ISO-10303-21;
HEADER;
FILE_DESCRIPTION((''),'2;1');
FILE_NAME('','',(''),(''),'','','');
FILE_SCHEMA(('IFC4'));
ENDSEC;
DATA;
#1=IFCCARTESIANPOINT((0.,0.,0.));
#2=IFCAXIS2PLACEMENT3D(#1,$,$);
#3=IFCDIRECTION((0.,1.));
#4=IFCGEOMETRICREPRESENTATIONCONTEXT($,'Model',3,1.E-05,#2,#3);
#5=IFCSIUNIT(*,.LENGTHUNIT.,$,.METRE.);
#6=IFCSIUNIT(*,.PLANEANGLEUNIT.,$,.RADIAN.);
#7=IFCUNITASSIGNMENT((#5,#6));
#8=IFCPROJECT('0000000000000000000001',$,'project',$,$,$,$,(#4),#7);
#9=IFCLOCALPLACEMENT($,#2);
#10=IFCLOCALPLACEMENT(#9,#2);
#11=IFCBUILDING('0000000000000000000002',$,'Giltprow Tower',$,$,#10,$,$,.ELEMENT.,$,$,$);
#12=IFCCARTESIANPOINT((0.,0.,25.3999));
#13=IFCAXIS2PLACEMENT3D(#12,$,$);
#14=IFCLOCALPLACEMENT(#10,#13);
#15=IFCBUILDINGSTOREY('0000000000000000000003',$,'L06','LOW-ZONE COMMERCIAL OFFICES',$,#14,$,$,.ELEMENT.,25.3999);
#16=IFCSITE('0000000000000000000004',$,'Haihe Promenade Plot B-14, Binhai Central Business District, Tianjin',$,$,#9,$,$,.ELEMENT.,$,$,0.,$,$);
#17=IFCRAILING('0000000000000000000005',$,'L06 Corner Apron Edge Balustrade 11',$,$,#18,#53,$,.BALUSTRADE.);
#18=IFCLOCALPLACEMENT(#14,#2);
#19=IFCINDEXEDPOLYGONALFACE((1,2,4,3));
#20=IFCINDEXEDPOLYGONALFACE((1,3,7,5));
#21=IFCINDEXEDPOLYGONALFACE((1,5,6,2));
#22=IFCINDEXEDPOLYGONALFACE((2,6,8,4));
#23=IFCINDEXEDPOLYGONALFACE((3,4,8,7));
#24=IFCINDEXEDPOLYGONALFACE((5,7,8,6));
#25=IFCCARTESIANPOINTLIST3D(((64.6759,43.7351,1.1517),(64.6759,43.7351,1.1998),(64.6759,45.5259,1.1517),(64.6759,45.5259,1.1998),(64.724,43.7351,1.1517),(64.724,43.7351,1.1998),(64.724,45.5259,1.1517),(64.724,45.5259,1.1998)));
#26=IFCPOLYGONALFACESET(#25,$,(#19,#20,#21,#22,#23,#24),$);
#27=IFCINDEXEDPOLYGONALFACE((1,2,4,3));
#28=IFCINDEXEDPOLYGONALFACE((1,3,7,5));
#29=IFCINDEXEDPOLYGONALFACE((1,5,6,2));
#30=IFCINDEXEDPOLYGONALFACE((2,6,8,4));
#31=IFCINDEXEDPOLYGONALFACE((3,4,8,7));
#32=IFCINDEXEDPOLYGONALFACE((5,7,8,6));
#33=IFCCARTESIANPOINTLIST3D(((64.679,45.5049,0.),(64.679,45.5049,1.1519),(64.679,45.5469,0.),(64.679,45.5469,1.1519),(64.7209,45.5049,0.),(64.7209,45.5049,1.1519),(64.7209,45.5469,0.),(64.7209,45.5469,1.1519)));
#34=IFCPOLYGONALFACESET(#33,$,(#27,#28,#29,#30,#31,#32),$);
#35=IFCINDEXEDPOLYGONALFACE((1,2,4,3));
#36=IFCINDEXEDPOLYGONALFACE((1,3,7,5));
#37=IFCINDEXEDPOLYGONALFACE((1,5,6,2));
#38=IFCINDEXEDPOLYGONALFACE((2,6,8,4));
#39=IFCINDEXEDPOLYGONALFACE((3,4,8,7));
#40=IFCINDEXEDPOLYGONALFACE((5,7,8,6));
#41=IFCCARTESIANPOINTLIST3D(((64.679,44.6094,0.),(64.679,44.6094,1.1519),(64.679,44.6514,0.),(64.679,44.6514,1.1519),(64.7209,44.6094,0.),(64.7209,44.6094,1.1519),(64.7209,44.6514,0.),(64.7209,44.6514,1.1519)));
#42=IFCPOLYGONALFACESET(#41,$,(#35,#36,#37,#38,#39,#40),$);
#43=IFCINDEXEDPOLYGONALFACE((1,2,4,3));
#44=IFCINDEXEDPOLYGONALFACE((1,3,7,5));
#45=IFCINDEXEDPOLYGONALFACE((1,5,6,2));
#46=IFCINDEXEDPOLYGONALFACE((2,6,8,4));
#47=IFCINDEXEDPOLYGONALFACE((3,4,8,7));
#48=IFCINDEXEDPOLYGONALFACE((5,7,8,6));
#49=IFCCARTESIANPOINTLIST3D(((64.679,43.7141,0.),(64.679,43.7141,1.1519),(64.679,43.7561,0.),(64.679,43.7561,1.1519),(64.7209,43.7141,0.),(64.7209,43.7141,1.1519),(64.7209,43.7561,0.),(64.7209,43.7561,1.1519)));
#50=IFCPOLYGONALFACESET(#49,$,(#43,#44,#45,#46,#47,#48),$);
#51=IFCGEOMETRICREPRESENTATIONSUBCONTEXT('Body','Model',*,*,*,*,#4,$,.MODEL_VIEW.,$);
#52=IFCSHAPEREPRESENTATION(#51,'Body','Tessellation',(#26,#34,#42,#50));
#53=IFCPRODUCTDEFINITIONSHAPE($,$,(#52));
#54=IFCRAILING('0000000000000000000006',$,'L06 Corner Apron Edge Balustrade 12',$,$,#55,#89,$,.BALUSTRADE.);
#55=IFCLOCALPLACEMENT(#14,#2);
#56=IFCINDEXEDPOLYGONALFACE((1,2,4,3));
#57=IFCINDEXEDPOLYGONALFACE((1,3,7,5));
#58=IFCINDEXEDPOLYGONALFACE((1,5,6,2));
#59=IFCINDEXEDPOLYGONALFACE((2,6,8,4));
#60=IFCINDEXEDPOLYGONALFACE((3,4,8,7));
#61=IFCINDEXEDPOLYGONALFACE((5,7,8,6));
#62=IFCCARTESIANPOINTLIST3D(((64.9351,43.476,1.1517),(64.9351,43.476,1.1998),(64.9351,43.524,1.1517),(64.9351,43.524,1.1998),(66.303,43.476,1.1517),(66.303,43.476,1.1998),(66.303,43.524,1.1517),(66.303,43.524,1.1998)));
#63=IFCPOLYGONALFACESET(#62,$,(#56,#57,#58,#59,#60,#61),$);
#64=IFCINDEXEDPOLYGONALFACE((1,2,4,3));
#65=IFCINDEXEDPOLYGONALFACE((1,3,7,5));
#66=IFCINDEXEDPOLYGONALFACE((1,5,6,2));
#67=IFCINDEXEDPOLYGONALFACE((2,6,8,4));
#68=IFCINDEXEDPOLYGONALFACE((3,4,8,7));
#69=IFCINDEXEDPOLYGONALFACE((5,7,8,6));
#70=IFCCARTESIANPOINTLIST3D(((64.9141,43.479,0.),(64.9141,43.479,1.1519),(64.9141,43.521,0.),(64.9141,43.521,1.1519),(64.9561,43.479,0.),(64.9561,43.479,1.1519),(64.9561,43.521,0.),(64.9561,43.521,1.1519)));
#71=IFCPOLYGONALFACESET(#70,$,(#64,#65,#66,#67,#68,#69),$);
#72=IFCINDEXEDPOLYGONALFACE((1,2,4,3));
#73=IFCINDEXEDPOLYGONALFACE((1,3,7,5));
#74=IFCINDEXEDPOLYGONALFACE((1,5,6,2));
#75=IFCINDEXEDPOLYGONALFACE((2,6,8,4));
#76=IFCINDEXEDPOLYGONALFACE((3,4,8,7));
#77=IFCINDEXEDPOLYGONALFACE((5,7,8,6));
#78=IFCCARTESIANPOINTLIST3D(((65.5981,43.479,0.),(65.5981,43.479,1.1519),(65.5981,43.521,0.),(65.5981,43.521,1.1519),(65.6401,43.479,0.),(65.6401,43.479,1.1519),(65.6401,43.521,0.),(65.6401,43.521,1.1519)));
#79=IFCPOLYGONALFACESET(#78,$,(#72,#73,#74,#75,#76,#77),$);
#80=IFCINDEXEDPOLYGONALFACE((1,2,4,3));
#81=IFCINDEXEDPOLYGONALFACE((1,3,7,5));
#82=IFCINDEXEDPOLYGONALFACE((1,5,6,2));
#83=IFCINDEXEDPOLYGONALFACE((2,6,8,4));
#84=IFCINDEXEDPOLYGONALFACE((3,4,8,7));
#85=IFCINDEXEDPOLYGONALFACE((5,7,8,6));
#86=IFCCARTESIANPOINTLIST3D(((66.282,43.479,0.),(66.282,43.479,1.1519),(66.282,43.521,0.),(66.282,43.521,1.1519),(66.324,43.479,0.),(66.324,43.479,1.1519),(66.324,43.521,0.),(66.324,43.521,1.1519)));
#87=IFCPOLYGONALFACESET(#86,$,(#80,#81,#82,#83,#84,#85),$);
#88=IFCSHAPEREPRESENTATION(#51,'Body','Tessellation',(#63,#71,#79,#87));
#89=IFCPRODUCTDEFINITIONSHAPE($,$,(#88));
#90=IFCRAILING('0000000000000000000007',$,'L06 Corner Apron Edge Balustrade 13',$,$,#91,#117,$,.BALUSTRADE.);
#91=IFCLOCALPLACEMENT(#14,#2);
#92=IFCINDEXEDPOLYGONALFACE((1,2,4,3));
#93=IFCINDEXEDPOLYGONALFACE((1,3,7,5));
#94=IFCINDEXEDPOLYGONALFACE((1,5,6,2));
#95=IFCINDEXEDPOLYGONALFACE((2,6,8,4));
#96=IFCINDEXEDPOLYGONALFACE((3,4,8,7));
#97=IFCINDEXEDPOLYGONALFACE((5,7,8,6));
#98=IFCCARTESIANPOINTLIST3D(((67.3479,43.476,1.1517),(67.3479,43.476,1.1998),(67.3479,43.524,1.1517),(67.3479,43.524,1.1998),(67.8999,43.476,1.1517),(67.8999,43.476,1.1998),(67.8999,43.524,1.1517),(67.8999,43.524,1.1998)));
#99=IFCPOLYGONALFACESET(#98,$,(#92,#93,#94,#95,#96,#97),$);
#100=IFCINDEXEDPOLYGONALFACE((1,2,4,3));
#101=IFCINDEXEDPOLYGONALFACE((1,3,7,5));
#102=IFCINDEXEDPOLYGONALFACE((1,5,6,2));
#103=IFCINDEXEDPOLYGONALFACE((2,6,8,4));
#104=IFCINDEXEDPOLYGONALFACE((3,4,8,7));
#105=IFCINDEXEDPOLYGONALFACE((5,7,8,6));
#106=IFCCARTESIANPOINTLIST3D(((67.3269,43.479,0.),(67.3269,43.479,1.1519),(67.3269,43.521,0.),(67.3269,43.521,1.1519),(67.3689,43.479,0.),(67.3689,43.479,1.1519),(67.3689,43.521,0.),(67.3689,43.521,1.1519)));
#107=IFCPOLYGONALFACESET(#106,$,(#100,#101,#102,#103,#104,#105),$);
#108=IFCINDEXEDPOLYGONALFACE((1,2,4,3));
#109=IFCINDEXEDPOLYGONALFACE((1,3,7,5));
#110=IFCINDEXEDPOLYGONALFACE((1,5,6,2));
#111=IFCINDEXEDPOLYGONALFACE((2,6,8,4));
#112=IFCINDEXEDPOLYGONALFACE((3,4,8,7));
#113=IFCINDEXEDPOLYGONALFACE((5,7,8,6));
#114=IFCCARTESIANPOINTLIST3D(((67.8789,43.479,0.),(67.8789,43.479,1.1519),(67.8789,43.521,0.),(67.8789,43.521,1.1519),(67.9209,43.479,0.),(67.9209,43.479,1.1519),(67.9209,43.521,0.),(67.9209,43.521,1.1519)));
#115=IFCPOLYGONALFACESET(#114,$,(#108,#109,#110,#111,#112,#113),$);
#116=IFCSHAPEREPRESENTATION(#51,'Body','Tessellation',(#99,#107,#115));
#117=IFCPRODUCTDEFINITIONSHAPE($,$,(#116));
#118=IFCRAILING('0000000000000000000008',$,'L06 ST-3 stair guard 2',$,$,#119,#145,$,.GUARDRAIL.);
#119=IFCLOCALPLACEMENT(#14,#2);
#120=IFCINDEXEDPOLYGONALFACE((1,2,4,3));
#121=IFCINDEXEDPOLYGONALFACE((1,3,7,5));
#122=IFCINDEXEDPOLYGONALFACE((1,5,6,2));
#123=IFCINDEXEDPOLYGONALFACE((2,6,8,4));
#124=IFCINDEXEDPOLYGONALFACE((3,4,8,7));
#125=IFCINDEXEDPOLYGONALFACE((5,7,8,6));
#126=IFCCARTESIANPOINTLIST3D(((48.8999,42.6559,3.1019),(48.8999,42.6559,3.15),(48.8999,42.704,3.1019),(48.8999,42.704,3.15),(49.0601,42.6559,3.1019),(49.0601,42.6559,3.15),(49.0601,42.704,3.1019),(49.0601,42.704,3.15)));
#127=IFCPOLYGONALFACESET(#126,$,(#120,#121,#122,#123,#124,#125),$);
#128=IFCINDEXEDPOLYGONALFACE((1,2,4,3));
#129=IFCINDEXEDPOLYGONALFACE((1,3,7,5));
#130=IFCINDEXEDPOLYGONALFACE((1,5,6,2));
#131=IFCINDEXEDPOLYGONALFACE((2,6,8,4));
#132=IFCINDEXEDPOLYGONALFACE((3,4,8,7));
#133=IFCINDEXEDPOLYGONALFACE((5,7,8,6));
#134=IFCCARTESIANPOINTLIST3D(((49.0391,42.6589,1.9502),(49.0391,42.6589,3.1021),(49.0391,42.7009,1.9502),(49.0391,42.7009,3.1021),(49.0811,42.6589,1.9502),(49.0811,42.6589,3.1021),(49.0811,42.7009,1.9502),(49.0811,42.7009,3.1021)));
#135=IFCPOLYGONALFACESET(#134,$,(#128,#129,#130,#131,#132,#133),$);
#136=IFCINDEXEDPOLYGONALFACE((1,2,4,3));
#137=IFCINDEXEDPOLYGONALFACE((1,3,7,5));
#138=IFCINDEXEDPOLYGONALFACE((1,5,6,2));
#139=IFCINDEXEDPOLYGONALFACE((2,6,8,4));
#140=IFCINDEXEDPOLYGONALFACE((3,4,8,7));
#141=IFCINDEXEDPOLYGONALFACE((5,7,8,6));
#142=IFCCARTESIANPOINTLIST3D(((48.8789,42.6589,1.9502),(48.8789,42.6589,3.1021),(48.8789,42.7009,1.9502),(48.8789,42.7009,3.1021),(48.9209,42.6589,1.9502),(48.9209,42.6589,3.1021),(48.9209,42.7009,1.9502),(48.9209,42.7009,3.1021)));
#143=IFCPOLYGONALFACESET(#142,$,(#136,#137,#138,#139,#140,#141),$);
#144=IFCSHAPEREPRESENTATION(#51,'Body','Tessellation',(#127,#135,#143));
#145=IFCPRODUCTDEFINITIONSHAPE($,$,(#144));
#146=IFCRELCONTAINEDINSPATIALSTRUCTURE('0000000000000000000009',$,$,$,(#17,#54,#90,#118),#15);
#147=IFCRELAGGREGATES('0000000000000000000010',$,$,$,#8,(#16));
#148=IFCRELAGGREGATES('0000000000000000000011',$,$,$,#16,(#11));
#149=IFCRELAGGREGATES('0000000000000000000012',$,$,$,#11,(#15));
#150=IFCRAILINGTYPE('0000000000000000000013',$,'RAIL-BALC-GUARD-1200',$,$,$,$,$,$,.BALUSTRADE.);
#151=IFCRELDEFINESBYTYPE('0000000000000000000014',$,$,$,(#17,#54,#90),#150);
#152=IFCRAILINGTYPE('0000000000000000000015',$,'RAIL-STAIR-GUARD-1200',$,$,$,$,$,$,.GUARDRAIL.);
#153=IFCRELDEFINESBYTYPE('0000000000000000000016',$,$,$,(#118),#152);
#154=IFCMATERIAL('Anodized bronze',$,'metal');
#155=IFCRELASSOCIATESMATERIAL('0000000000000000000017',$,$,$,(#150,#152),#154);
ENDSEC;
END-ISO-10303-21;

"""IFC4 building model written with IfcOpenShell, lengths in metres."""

from ifc_helpers import new_model, si_unit, direction, frame, origin, origin_2d, place, context, subcontext, project, spatial, rectangle, extrude, material, type_object, element, save


model = new_model("IFC4")

# Units and contexts
model_context = context("Model", 3, precision=1e-05, world=origin(), true_north=direction((0.0, 1.0)))
body_context = subcontext(model_context, "Body", "Model", "MODEL_VIEW")
ifc_project = project(units=[si_unit("LENGTHUNIT", "METRE"), si_unit("PLANEANGLEUNIT", "RADIAN")], contexts=[model_context])

# Site, building, storey
site_placement = place(None, origin())
site = spatial("IfcSite", under=ifc_project, at=site_placement, Name="Haihe Promenade Plot B-14, Binhai Central Business District, Tianjin", CompositionType="ELEMENT", RefElevation=0.0)
building_placement = place(site_placement, origin())
building = spatial("IfcBuilding", under=site, at=building_placement, Name="Giltprow Tower", CompositionType="ELEMENT")
storey_placement = place(building_placement, frame((0.0, 0.0, 25.3999)))
storey = spatial("IfcBuildingStorey", under=building, at=storey_placement, Name="L06", Description="LOW-ZONE COMMERCIAL OFFICES", CompositionType="ELEMENT", Elevation=25.3999)

# Railings
ifc_material_1 = material(Name="Anodized bronze", Category="metal")
railing_type_1 = type_object("IfcRailingType", Name="RAIL-BALC-GUARD-1200", PredefinedType="BALUSTRADE", material=ifc_material_1)
railing_1_placement = place(storey_placement, frame((64.7, 45.5259, 0.0)))
element("IfcRailing", 1, at=railing_1_placement, inside=storey, type_object=railing_type_1, Name="L06 Corner Apron Edge Balustrade 11", PredefinedType="BALUSTRADE", context=body_context, shape_type="SweptSolid", body=[
    extrude(rectangle(XDim=0.0481, YDim=0.0481, at=origin_2d()), frame((0.0, 0.0, 1.1758), z_axis=(0.0, -1.0, 0.0), x_axis=(1.0, 0.0, 0.0)), (0.0, 0.0, 1.0), 1.7908),
    extrude(rectangle(XDim=0.042, YDim=0.042, at=origin_2d()), origin(), (0.0, 0.0, 1.0), 1.1519),
    extrude(rectangle(XDim=0.042, YDim=0.042, at=origin_2d()), frame((0.0, -0.8955, 0.0)), (0.0, 0.0, 1.0), 1.1519),
    extrude(rectangle(XDim=0.042, YDim=0.042, at=origin_2d()), frame((0.0, -1.7908, 0.0)), (0.0, 0.0, 1.0), 1.1519),
])
railing_2_placement = place(storey_placement, frame((64.9351, 43.5, 0.0)))
element("IfcRailing", 2, at=railing_2_placement, inside=storey, type_object=railing_type_1, Name="L06 Corner Apron Edge Balustrade 12", PredefinedType="BALUSTRADE", context=body_context, shape_type="SweptSolid", body=[
    extrude(rectangle(XDim=0.0481, YDim=0.0481, at=origin_2d()), frame((0.0, 0.0, 1.1758), z_axis=(1.0, 0.0, 0.0), x_axis=(0.0, 1.0, 0.0)), (0.0, 0.0, 1.0), 1.3679),
    extrude(rectangle(XDim=0.042, YDim=0.042, at=origin_2d()), origin(), (0.0, 0.0, 1.0), 1.1519),
    extrude(rectangle(XDim=0.042, YDim=0.042, at=origin_2d()), frame((0.6841, 0.0, 0.0)), (0.0, 0.0, 1.0), 1.1519),
    extrude(rectangle(XDim=0.042, YDim=0.042, at=origin_2d()), frame((1.3679, 0.0, 0.0)), (0.0, 0.0, 1.0), 1.1519),
])
railing_3_placement = place(storey_placement, frame((67.3479, 43.5, 0.0)))
element("IfcRailing", 3, at=railing_3_placement, inside=storey, type_object=railing_type_1, Name="L06 Corner Apron Edge Balustrade 13", PredefinedType="BALUSTRADE", context=body_context, shape_type="SweptSolid", body=[
    extrude(rectangle(XDim=0.0481, YDim=0.0481, at=origin_2d()), frame((0.0, 0.0, 1.1758), z_axis=(1.0, 0.0, 0.0), x_axis=(0.0, 1.0, 0.0)), (0.0, 0.0, 1.0), 0.552),
    extrude(rectangle(XDim=0.042, YDim=0.042, at=origin_2d()), origin(), (0.0, 0.0, 1.0), 1.1519),
    extrude(rectangle(XDim=0.042, YDim=0.042, at=origin_2d()), frame((0.552, 0.0, 0.0)), (0.0, 0.0, 1.0), 1.1519),
])
railing_type_2 = type_object("IfcRailingType", Name="RAIL-STAIR-GUARD-1200", PredefinedType="GUARDRAIL", material=ifc_material_1)
railing_4_placement = place(storey_placement, frame((49.0601, 42.6799, 1.9502)))
element("IfcRailing", 4, at=railing_4_placement, inside=storey, type_object=railing_type_2, Name="L06 ST-3 stair guard 2", PredefinedType="GUARDRAIL", context=body_context, shape_type="SweptSolid", body=[
    extrude(rectangle(XDim=0.0481, YDim=0.0481, at=origin_2d()), frame((0.0, 0.0, 1.1758), z_axis=(-1.0, 0.0, 0.0), x_axis=(0.0, -1.0, 0.0)), (0.0, 0.0, 1.0), 0.1602),
    extrude(rectangle(XDim=0.042, YDim=0.042, at=origin_2d()), origin(), (0.0, 0.0, 1.0), 1.1519),
    extrude(rectangle(XDim=0.042, YDim=0.042, at=origin_2d()), frame((-0.1602, 0.0, 0.0)), (0.0, 0.0, 1.0), 1.1519),
])

save(model, "model.ifc")
